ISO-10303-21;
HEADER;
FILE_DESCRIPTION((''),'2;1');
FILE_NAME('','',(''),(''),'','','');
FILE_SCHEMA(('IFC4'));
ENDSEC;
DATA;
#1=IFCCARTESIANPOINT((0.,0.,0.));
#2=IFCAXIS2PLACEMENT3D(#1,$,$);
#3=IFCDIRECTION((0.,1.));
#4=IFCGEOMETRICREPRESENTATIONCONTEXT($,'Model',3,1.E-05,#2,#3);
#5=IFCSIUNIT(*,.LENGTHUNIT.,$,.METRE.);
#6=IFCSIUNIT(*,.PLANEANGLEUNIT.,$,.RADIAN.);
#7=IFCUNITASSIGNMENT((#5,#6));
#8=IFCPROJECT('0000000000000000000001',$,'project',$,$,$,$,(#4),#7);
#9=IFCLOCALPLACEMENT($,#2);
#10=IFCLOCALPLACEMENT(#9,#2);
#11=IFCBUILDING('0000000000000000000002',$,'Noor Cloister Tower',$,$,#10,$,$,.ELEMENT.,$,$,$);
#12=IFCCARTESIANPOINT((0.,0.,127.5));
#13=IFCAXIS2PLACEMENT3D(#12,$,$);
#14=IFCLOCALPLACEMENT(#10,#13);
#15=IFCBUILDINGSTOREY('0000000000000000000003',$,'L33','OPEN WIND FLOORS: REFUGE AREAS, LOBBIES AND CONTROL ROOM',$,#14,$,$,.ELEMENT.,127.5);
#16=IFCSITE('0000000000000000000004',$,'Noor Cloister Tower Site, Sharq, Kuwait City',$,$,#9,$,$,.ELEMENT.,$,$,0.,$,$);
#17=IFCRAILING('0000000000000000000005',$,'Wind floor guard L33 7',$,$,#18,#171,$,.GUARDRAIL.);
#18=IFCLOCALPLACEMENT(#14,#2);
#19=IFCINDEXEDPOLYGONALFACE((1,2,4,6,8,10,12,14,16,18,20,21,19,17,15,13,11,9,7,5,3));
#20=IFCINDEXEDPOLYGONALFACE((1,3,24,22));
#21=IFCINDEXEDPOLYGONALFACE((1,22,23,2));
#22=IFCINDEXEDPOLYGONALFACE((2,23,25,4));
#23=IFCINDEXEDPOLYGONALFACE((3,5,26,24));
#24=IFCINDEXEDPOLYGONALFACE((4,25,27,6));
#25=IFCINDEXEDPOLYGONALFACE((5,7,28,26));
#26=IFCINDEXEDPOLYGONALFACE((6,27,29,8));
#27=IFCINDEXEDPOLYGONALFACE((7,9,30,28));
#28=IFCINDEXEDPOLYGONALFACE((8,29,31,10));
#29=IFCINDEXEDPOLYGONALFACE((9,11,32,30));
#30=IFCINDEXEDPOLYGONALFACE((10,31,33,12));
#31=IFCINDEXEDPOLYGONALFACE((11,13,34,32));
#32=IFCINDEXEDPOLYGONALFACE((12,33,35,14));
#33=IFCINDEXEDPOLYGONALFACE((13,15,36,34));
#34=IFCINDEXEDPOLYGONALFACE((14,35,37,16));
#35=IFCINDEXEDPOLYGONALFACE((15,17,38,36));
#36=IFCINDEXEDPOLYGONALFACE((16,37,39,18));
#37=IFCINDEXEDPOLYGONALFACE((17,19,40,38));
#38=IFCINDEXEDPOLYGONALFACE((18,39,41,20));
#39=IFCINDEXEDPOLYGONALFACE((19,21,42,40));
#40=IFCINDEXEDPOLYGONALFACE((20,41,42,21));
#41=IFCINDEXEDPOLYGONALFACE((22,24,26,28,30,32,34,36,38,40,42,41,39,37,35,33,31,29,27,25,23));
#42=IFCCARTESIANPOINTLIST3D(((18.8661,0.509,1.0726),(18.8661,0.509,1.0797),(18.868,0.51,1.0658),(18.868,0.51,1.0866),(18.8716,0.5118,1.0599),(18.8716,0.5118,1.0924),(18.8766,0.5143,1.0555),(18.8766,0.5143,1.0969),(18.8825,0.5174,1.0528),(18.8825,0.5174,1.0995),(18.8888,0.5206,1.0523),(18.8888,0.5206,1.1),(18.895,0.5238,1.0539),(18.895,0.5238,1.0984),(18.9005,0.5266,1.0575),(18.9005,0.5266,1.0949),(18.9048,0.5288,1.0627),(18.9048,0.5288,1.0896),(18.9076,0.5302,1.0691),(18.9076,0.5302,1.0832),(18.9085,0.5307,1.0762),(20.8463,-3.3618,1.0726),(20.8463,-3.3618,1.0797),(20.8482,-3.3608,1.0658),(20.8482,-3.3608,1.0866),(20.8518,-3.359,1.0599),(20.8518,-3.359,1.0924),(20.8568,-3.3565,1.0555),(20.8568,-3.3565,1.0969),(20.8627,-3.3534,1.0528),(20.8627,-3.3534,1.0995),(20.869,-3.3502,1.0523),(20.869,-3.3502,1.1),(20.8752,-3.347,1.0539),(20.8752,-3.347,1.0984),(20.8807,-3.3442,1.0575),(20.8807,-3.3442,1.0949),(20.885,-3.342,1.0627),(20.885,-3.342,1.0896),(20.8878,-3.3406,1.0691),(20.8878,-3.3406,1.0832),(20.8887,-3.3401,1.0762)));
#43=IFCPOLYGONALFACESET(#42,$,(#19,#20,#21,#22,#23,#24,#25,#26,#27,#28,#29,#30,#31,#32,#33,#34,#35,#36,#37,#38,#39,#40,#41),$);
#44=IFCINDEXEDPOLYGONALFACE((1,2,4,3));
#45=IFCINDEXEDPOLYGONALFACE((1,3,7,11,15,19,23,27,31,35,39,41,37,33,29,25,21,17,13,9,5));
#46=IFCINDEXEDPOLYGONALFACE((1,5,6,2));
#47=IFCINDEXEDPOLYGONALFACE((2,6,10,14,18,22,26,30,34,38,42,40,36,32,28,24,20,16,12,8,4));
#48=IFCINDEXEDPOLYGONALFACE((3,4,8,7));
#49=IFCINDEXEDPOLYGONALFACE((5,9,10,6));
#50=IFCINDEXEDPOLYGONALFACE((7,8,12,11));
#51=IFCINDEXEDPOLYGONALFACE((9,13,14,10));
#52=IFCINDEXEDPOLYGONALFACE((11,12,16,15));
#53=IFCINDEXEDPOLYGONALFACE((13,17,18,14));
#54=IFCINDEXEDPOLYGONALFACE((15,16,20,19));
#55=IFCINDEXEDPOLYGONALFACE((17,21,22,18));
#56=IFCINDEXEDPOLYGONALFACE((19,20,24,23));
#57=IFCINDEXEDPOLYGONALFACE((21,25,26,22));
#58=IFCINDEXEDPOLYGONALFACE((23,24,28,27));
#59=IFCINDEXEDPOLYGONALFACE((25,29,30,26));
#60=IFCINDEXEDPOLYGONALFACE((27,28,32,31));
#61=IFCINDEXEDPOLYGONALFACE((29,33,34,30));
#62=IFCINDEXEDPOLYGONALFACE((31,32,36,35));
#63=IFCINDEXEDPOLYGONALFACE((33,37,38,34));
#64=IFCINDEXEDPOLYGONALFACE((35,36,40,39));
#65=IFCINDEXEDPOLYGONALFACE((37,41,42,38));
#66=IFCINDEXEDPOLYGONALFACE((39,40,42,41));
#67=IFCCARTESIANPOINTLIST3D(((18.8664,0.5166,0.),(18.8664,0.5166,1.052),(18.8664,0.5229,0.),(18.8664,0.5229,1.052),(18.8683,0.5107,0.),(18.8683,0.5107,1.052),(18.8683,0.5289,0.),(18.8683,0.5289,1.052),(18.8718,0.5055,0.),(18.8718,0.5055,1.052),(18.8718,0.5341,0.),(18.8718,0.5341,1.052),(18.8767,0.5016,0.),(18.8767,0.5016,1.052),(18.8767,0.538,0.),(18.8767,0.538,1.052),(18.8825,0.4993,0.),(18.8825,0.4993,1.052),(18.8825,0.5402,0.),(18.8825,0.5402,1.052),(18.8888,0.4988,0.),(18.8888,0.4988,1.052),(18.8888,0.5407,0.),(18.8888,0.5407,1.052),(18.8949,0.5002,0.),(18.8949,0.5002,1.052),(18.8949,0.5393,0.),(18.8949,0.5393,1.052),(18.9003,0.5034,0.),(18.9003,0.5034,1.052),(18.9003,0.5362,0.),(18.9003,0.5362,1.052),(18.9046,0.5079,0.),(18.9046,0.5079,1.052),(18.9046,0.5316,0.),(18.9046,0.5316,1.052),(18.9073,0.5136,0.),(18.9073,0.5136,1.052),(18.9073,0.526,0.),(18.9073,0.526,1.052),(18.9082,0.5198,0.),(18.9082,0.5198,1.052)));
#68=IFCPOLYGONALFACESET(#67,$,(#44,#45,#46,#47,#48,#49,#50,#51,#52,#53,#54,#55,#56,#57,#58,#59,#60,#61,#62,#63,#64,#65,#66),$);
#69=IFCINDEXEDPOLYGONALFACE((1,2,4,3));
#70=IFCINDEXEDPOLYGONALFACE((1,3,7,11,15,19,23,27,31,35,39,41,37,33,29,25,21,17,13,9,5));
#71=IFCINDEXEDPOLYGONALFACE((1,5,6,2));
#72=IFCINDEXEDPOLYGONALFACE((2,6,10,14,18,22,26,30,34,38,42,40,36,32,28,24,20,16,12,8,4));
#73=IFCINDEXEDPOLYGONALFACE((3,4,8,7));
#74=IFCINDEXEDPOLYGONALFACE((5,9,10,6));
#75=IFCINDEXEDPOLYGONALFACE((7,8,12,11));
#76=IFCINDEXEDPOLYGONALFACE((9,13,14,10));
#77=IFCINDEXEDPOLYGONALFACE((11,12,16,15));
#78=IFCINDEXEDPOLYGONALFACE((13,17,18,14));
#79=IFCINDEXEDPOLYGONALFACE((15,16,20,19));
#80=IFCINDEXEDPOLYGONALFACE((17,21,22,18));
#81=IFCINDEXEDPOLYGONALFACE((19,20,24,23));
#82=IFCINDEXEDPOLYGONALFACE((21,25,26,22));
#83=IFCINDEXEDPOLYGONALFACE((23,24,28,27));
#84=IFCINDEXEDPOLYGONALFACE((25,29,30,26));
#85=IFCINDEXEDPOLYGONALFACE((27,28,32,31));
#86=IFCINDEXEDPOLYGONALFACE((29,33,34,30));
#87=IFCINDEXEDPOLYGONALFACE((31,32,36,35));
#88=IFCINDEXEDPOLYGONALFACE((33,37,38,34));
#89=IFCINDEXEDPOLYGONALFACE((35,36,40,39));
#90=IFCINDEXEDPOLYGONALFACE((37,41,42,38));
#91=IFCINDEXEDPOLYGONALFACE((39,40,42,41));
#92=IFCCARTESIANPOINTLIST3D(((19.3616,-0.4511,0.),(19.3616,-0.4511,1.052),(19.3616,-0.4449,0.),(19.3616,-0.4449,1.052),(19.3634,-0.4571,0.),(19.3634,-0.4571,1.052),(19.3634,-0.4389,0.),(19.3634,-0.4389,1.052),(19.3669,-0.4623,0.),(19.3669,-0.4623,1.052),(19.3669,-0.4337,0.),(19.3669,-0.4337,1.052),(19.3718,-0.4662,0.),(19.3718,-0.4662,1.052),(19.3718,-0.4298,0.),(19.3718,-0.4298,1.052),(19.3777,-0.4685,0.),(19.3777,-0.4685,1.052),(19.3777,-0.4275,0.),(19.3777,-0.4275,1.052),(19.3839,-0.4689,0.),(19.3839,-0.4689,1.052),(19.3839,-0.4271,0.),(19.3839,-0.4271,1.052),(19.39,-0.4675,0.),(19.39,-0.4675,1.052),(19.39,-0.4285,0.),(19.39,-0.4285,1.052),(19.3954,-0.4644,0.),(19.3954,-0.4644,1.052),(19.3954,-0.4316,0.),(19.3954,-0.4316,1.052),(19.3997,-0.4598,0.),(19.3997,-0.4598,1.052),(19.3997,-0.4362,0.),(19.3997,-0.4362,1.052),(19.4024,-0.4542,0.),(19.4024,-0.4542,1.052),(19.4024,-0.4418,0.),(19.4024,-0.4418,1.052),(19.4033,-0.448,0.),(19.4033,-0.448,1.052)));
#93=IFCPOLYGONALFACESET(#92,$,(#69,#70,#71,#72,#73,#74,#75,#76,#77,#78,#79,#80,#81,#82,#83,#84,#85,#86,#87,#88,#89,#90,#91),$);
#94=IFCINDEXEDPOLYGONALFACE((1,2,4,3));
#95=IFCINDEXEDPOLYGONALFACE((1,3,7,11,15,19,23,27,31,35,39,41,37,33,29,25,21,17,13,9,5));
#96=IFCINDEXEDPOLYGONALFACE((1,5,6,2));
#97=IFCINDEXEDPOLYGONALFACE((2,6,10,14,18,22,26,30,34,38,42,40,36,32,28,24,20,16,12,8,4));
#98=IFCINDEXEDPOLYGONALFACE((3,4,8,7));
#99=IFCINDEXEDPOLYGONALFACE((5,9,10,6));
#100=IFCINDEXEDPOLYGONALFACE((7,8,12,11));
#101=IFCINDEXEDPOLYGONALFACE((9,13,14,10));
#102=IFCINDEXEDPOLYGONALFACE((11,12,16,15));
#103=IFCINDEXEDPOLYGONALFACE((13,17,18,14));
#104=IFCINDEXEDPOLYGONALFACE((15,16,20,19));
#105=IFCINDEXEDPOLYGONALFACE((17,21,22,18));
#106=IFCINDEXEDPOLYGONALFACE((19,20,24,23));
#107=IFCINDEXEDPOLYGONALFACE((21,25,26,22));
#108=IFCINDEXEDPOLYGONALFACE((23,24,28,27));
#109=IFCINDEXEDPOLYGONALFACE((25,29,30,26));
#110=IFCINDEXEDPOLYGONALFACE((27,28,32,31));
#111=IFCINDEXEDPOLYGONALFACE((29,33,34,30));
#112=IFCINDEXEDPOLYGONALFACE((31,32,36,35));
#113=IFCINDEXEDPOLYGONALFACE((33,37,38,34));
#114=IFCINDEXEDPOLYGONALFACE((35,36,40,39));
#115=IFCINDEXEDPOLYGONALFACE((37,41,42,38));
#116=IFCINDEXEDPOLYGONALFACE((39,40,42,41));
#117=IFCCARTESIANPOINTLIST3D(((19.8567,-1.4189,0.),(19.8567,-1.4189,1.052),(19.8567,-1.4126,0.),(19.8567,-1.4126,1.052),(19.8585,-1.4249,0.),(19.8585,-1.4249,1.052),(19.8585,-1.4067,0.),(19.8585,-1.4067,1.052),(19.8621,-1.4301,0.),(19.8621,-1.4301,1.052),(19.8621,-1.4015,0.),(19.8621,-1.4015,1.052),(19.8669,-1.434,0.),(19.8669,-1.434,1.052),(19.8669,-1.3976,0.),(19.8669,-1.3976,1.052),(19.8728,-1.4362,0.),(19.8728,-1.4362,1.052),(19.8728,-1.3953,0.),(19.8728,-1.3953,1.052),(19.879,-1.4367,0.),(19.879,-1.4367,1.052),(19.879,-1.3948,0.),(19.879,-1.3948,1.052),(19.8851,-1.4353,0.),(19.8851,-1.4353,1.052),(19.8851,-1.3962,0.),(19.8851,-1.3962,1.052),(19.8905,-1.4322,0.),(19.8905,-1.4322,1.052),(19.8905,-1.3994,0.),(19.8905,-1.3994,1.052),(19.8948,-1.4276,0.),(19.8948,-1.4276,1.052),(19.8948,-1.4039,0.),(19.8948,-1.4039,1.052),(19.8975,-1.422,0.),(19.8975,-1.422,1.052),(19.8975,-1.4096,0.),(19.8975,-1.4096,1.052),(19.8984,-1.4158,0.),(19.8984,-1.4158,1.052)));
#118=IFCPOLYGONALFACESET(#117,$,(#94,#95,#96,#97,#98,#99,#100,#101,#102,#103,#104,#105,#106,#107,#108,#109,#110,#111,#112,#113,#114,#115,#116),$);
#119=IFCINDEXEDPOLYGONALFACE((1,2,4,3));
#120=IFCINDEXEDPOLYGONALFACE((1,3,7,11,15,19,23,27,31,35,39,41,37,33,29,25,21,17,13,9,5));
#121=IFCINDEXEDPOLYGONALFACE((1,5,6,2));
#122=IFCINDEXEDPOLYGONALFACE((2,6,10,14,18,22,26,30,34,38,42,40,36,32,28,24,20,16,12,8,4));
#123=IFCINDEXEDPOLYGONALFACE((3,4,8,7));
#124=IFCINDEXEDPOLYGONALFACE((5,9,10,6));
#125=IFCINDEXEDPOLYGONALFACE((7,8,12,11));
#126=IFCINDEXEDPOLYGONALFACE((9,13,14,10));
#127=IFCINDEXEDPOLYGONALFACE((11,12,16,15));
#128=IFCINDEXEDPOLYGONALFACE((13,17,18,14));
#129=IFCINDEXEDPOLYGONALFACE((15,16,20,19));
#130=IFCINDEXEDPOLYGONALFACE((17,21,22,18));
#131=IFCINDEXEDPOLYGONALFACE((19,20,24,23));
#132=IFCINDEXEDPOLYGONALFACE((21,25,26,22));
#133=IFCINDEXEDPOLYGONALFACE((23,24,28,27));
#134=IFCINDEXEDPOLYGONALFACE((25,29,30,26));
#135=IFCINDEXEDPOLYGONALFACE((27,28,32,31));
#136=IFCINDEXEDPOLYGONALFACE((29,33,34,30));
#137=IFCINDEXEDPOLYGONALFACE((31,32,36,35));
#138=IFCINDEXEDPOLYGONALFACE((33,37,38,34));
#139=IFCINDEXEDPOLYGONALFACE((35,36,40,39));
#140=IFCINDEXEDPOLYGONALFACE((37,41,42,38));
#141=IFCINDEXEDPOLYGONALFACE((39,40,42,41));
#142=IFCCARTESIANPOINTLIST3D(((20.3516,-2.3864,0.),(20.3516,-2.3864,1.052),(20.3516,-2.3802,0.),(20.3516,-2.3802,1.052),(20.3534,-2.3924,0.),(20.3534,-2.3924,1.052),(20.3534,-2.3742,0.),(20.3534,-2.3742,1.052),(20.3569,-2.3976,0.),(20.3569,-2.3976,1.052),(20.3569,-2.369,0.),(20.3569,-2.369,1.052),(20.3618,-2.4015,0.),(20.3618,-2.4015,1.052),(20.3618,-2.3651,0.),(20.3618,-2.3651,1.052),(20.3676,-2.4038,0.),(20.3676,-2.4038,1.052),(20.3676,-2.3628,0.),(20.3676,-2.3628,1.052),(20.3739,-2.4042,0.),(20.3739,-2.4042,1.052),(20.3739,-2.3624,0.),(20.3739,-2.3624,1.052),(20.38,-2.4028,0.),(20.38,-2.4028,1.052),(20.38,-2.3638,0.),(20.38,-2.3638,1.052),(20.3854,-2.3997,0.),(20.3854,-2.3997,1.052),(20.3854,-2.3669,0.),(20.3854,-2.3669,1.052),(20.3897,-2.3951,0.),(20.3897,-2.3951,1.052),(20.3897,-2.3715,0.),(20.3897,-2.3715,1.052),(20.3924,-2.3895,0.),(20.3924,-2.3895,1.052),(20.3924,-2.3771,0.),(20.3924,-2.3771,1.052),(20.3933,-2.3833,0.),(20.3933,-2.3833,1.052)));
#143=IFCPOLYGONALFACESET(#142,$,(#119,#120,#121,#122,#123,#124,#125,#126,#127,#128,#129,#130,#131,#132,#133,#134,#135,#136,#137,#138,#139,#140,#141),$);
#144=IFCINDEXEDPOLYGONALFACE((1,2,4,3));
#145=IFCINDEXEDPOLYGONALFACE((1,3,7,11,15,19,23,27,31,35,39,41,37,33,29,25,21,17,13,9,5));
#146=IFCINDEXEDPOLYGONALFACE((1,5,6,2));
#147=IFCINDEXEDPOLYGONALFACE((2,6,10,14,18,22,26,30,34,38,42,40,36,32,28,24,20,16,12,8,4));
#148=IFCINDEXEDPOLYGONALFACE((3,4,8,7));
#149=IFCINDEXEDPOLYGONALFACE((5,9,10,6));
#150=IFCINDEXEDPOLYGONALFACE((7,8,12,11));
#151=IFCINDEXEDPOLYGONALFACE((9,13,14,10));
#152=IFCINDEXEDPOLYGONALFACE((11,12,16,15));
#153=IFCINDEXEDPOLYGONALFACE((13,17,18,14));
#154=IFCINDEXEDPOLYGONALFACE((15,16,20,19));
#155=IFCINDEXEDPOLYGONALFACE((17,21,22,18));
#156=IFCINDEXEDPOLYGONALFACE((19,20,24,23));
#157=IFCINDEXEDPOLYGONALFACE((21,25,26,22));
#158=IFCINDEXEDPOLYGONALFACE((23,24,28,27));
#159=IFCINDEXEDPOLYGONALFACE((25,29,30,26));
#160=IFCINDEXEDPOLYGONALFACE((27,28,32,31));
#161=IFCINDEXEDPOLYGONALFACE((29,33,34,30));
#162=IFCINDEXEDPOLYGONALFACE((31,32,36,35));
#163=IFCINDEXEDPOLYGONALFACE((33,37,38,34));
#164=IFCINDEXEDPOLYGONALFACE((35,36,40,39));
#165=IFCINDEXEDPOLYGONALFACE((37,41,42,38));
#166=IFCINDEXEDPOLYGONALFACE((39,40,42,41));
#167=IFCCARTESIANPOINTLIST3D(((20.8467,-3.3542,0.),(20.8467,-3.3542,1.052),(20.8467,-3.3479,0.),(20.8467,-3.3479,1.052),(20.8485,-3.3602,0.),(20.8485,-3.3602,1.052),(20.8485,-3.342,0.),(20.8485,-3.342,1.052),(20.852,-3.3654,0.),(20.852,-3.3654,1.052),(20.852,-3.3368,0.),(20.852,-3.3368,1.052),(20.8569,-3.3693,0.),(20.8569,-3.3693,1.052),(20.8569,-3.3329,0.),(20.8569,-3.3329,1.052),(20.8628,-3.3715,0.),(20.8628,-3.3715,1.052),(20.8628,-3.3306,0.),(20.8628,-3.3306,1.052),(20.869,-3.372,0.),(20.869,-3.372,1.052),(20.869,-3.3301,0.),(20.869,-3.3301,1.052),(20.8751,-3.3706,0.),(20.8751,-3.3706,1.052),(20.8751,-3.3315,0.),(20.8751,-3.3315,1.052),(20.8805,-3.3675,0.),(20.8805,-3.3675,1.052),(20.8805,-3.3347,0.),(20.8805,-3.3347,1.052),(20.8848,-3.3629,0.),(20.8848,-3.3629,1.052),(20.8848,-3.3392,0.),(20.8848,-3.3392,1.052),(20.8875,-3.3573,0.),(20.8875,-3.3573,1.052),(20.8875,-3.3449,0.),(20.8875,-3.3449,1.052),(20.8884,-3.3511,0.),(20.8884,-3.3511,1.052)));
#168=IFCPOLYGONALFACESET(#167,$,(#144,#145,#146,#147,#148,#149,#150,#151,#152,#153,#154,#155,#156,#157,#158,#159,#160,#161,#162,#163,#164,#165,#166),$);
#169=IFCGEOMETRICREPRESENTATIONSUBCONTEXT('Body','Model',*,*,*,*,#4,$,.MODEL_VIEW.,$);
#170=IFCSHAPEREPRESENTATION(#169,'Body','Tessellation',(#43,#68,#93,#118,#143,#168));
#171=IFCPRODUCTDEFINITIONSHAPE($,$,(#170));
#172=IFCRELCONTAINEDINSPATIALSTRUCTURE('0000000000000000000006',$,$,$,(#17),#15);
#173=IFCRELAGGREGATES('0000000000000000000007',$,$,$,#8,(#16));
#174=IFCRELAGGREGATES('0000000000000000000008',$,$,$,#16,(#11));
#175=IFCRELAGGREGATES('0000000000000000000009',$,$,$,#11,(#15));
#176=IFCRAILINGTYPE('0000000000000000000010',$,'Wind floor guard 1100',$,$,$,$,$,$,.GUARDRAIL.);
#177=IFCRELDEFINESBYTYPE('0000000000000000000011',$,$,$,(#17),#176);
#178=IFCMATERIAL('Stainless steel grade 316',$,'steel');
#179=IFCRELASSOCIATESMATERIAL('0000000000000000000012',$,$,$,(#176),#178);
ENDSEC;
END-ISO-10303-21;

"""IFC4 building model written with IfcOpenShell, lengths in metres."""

from ifc_helpers import new_model, si_unit, direction, frame, origin, origin_2d, place, context, subcontext, project, spatial, circle, extrude, material, type_object, element, save


model = new_model("IFC4")

# Units and contexts
model_context = context("Model", 3, precision=1e-05, world=origin(), true_north=direction((0.0, 1.0)))
body_context = subcontext(model_context, "Body", "Model", "MODEL_VIEW")
ifc_project = project(units=[si_unit("LENGTHUNIT", "METRE"), si_unit("PLANEANGLEUNIT", "RADIAN")], contexts=[model_context])

# Site, building, storey
site_placement = place(None, origin())
site = spatial("IfcSite", under=ifc_project, at=site_placement, Name="Noor Cloister Tower Site, Sharq, Kuwait City", CompositionType="ELEMENT", RefElevation=0.0)
building_placement = place(site_placement, origin())
building = spatial("IfcBuilding", under=site, at=building_placement, Name="Noor Cloister Tower", CompositionType="ELEMENT")
storey_placement = place(building_placement, frame((0.0, 0.0, 127.5)))
storey = spatial("IfcBuildingStorey", under=building, at=storey_placement, Name="L33", Description="OPEN WIND FLOORS: REFUGE AREAS, LOBBIES AND CONTROL ROOM", CompositionType="ELEMENT", Elevation=127.5)

# Railing
ifc_material_1 = material(Name="Stainless steel grade 316", Category="steel")
railing_type = type_object("IfcRailingType", Name="Wind floor guard 1100", PredefinedType="GUARDRAIL", material=ifc_material_1)
railing_1_placement = place(storey_placement, frame((18.8872, 0.5198, 0.0)))
element("IfcRailing", 1, at=railing_1_placement, inside=storey, type_object=railing_type, Name="Wind floor guard L33 7", PredefinedType="GUARDRAIL", context=body_context, shape_type="SweptSolid", body=[
    extrude(circle(Radius=0.0239, at=origin_2d()), frame((0.0, 0.0, 1.0762), z_axis=(0.455438, -0.890268, 0.0), x_axis=(0.890268, 0.455438, 0.0)), (0.0, 0.0, 1.0), 4.3479),
    extrude(circle(Radius=0.021, at=origin_2d()), origin(), (0.0, 0.0, 1.0), 1.052),
    extrude(circle(Radius=0.021, at=origin_2d()), frame((0.4951, -0.9678, 0.0)), (0.0, 0.0, 1.0), 1.052),
    extrude(circle(Radius=0.021, at=origin_2d()), frame((0.9902, -1.9355, 0.0)), (0.0, 0.0, 1.0), 1.052),
    extrude(circle(Radius=0.021, at=origin_2d()), frame((1.4851, -2.9031, 0.0)), (0.0, 0.0, 1.0), 1.052),
    extrude(circle(Radius=0.021, at=origin_2d()), frame((1.9802, -3.8708, 0.0)), (0.0, 0.0, 1.0), 1.052),
])

save(model, "model.ifc")
